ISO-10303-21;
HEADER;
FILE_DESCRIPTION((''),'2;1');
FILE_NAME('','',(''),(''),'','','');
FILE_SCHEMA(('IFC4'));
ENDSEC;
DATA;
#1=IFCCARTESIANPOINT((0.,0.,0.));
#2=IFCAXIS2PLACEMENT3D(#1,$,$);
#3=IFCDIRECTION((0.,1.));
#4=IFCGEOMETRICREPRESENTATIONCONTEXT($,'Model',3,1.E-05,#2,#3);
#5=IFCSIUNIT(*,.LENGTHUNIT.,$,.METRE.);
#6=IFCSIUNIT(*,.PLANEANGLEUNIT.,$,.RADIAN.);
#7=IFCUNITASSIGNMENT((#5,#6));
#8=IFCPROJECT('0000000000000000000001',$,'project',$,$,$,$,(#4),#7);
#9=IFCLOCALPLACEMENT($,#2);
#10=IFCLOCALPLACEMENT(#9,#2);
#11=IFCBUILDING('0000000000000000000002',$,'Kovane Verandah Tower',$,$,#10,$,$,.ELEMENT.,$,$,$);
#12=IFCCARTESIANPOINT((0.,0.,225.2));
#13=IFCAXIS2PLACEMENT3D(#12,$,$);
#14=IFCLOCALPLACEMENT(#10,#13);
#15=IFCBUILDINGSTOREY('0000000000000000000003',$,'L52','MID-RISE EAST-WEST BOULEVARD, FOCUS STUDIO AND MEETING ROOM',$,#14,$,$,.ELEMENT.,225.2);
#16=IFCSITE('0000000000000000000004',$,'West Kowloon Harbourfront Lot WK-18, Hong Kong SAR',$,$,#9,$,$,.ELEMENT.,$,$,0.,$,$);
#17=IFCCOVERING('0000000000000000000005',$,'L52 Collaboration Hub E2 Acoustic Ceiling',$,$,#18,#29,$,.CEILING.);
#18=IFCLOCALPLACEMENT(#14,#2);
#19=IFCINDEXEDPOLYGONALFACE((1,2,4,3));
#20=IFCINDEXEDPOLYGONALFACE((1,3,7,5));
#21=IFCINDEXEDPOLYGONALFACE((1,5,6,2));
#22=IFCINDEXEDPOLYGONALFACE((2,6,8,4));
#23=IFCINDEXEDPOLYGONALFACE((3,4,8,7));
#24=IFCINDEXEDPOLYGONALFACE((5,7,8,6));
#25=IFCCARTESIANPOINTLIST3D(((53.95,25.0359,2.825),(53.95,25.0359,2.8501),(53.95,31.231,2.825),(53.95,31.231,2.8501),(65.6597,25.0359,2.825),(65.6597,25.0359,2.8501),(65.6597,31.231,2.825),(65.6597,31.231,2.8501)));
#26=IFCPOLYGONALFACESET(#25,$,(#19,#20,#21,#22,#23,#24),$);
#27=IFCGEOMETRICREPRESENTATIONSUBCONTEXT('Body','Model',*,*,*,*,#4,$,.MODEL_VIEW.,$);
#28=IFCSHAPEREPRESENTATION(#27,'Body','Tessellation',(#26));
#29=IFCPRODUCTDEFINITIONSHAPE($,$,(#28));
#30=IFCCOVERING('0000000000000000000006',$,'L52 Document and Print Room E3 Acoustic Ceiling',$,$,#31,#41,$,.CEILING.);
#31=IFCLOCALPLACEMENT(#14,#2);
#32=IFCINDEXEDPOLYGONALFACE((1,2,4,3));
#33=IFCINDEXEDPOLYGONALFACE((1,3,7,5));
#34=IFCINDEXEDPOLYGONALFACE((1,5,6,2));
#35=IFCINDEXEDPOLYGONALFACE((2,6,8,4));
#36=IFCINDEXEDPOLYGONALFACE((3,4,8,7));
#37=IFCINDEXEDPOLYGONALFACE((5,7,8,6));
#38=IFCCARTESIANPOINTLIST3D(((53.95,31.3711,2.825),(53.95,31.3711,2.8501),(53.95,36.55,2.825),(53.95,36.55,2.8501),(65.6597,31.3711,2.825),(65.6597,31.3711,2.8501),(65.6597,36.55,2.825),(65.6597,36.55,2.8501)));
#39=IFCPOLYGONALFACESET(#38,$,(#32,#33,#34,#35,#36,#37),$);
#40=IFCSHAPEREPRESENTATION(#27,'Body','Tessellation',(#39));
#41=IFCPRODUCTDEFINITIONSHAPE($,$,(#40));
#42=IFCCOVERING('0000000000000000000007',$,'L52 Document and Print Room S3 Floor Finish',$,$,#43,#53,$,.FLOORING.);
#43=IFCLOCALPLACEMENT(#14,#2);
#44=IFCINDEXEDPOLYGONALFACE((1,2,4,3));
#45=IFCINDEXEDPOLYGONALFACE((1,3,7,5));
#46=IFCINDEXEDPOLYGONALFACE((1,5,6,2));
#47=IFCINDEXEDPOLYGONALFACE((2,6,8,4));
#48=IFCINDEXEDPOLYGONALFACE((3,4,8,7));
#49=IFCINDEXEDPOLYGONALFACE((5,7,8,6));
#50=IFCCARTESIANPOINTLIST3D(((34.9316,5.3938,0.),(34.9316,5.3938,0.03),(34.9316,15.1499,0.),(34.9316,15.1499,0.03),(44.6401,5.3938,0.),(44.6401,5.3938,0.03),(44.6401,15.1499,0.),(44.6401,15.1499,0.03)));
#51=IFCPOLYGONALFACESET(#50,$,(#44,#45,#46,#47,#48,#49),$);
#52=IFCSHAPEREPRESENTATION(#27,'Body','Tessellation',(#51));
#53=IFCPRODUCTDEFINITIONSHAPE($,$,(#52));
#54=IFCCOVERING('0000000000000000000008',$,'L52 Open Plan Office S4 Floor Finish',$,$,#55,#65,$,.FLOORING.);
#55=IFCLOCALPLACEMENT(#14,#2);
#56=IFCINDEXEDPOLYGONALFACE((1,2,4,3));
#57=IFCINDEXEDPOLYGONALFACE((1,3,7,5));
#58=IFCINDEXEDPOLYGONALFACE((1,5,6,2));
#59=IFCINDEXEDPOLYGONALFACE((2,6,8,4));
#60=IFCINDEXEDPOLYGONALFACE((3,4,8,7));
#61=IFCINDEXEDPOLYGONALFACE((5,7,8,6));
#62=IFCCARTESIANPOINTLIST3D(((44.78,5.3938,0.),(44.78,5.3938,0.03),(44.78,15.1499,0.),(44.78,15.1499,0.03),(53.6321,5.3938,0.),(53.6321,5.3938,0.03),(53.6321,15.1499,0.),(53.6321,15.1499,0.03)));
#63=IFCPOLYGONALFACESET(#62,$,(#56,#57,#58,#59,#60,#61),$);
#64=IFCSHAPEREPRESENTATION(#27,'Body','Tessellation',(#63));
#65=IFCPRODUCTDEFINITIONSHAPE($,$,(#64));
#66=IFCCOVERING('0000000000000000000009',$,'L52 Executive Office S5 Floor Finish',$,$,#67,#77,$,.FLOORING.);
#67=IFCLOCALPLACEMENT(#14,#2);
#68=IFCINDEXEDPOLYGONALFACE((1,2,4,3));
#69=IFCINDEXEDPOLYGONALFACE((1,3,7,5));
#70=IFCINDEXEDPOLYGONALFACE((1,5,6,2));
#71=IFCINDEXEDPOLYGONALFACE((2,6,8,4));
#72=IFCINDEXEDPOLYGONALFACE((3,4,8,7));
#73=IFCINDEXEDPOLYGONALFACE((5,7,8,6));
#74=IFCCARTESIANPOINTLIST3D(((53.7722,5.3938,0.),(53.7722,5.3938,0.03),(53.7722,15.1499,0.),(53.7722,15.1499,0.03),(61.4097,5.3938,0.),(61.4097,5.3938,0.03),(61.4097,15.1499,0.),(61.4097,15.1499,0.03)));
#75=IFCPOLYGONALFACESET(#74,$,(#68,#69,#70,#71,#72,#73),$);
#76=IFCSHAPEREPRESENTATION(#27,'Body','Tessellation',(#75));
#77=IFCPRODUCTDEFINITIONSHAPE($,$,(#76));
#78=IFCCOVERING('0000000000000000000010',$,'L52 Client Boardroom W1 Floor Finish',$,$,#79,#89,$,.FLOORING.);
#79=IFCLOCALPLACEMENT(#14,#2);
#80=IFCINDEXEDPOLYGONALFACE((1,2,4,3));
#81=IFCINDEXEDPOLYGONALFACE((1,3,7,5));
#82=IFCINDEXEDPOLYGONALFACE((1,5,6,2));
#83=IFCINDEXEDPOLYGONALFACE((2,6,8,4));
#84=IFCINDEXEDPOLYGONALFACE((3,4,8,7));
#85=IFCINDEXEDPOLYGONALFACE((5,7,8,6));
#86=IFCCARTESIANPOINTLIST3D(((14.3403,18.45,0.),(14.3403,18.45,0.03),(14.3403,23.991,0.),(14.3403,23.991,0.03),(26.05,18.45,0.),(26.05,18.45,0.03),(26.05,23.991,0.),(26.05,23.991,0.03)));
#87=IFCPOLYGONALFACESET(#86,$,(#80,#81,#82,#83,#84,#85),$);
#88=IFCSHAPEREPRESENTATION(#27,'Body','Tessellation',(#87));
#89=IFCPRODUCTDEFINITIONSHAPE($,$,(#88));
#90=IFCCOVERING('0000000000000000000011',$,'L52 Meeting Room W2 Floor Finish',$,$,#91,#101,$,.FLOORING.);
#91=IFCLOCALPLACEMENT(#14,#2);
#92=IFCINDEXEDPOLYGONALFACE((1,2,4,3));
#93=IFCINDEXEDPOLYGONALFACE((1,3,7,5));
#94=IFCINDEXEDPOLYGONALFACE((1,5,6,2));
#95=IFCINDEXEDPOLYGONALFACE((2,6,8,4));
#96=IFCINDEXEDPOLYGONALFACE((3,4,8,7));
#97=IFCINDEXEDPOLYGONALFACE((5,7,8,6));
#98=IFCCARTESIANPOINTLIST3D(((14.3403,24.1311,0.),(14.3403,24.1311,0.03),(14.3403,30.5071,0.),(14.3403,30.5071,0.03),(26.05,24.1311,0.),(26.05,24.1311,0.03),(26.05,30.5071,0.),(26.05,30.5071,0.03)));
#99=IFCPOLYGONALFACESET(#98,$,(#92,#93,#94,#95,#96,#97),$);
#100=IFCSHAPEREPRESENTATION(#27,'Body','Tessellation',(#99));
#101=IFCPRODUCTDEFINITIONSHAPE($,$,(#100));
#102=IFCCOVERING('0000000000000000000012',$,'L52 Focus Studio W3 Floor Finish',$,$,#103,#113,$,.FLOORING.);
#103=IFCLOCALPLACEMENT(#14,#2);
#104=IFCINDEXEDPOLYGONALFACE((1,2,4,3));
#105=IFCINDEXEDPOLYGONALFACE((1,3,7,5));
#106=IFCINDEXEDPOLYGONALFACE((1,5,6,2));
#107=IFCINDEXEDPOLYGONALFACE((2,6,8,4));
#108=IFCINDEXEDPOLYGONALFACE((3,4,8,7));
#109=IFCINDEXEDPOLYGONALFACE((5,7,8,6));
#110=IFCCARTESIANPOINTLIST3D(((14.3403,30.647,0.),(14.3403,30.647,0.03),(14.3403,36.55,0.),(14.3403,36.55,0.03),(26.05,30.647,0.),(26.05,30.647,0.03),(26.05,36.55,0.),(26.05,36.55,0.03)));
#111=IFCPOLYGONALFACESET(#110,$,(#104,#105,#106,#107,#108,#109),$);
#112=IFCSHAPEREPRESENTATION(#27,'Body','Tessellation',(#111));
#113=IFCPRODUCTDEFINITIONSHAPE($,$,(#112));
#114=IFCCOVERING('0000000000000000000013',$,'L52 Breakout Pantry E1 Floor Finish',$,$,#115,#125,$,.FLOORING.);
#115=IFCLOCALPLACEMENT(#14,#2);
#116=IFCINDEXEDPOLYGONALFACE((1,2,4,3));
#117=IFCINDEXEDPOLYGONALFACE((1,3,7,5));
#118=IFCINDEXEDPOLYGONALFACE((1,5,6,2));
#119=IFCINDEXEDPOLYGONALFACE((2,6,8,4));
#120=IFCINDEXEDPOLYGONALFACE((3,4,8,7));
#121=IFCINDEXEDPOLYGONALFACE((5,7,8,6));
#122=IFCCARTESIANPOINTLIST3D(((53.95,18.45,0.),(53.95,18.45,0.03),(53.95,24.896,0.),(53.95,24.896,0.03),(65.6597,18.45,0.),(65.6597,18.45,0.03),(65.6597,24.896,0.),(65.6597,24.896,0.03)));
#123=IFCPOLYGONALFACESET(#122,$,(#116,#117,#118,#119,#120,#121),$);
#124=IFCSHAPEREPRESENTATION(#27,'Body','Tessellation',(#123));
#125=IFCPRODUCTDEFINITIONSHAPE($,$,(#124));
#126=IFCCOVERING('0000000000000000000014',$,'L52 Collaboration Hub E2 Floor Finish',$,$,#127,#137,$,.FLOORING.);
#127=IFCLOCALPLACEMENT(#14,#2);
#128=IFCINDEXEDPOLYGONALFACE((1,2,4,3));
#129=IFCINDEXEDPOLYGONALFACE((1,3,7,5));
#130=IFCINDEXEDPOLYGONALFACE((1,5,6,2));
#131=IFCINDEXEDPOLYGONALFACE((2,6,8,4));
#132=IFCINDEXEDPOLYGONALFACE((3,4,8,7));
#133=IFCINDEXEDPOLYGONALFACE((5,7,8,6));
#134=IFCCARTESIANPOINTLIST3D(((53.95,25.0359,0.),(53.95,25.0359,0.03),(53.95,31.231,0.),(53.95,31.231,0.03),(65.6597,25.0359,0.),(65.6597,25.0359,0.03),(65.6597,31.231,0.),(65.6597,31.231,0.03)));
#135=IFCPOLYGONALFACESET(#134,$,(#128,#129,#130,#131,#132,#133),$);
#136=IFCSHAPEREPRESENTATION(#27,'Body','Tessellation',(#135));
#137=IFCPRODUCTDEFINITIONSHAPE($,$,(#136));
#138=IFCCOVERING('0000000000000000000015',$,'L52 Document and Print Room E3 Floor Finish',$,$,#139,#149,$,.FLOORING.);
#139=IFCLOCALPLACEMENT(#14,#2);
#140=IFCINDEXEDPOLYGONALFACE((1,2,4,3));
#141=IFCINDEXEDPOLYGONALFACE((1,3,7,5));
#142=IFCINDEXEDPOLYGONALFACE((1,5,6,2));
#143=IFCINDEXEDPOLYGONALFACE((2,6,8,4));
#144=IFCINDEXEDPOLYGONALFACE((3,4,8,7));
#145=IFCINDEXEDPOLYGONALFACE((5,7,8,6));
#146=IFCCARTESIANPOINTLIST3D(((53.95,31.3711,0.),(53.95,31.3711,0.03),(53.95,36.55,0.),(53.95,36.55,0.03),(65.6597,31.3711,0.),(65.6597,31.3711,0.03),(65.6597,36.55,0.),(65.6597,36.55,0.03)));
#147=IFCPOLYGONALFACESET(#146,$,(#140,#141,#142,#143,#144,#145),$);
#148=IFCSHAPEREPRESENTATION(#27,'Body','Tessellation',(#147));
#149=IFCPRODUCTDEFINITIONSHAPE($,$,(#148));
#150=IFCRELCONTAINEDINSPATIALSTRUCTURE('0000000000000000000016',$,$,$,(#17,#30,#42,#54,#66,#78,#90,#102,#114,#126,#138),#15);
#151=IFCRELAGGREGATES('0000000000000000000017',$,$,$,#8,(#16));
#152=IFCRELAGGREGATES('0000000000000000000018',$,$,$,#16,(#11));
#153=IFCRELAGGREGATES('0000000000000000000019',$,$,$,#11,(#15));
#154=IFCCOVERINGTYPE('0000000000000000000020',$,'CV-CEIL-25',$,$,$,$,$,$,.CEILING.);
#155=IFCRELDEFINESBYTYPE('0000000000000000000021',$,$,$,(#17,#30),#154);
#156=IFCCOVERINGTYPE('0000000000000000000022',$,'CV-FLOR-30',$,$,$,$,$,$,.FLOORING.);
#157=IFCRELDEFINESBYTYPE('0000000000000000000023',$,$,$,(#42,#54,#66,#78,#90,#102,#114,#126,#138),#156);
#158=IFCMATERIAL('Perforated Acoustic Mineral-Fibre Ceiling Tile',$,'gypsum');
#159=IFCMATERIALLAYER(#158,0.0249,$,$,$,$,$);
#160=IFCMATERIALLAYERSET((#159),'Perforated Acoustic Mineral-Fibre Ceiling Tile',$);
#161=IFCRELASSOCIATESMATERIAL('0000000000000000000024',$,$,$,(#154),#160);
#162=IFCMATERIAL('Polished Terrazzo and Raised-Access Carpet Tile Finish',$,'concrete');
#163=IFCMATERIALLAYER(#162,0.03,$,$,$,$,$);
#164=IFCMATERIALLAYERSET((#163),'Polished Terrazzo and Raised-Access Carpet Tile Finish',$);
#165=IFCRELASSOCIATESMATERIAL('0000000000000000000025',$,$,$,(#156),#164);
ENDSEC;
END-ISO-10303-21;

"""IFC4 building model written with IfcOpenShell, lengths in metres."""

from ifc_helpers import new_model, si_unit, direction, frame, origin, place, context, subcontext, project, spatial, polyline, outline, extrude, material, layer, layer_set, type_object, element, save


model = new_model("IFC4")

# Units and contexts
model_context = context("Model", 3, precision=1e-05, world=origin(), true_north=direction((0.0, 1.0)))
body_context = subcontext(model_context, "Body", "Model", "MODEL_VIEW")
ifc_project = project(units=[si_unit("LENGTHUNIT", "METRE"), si_unit("PLANEANGLEUNIT", "RADIAN")], contexts=[model_context])

# Site, building, storey
site_placement = place(None, origin())
site = spatial("IfcSite", under=ifc_project, at=site_placement, Name="West Kowloon Harbourfront Lot WK-18, Hong Kong SAR", CompositionType="ELEMENT", RefElevation=0.0)
building_placement = place(site_placement, origin())
building = spatial("IfcBuilding", under=site, at=building_placement, Name="Kovane Verandah Tower", CompositionType="ELEMENT")
storey_placement = place(building_placement, frame((0.0, 0.0, 225.2)))
storey = spatial("IfcBuildingStorey", under=building, at=storey_placement, Name="L52", Description="MID-RISE EAST-WEST BOULEVARD, FOCUS STUDIO AND MEETING ROOM", CompositionType="ELEMENT", Elevation=225.2)

# Coverings
ifc_material_1 = material(Name="Perforated Acoustic Mineral-Fibre Ceiling Tile", Category="gypsum")
ifc_layer_1 = layer(ifc_material_1, 0.0249)
ifc_layer_set_1 = layer_set([ifc_layer_1], Name="Perforated Acoustic Mineral-Fibre Ceiling Tile")
covering_type_1 = type_object("IfcCoveringType", Name="CV-CEIL-25", PredefinedType="CEILING", material=ifc_layer_set_1)
covering_1_placement = place(storey_placement, frame((0.0, 0.0, 2.825)))
element("IfcCovering", 1, at=covering_1_placement, inside=storey, type_object=covering_type_1, Name="L52 Collaboration Hub E2 Acoustic Ceiling", PredefinedType="CEILING", context=body_context, shape_type="SweptSolid", body=[
    extrude(outline(polyline([(53.95, 25.0359), (65.6597, 25.0359), (65.6597, 31.231), (53.95, 31.231), (53.95, 25.0359)])), origin(), (0.0, 0.0, 1.0), 0.0251),
])
covering_2_placement = place(storey_placement, frame((0.0, 0.0, 2.825)))
element("IfcCovering", 2, at=covering_2_placement, inside=storey, type_object=covering_type_1, Name="L52 Document and Print Room E3 Acoustic Ceiling", PredefinedType="CEILING", context=body_context, shape_type="SweptSolid", body=[
    extrude(outline(polyline([(53.95, 31.3711), (65.6597, 31.3711), (65.6597, 36.55), (53.95, 36.55), (53.95, 31.3711)])), origin(), (0.0, 0.0, 1.0), 0.0251),
])
ifc_material_2 = material(Name="Polished Terrazzo and Raised-Access Carpet Tile Finish", Category="concrete")
ifc_layer_2 = layer(ifc_material_2, 0.03)
ifc_layer_set_2 = layer_set([ifc_layer_2], Name="Polished Terrazzo and Raised-Access Carpet Tile Finish")
covering_type_2 = type_object("IfcCoveringType", Name="CV-FLOR-30", PredefinedType="FLOORING", material=ifc_layer_set_2)
covering_3_placement = place(storey_placement, origin())
element("IfcCovering", 3, at=covering_3_placement, inside=storey, type_object=covering_type_2, Name="L52 Document and Print Room S3 Floor Finish", PredefinedType="FLOORING", context=body_context, shape_type="SweptSolid", body=[
    extrude(outline(polyline([(34.9316, 5.3938), (44.6401, 5.3938), (44.6401, 15.1499), (34.9316, 15.1499), (34.9316, 5.3938)])), origin(), (0.0, 0.0, 1.0), 0.03),
])
covering_4_placement = place(storey_placement, origin())
element("IfcCovering", 4, at=covering_4_placement, inside=storey, type_object=covering_type_2, Name="L52 Open Plan Office S4 Floor Finish", PredefinedType="FLOORING", context=body_context, shape_type="SweptSolid", body=[
    extrude(outline(polyline([(44.78, 5.3938), (53.6321, 5.3938), (53.6321, 15.1499), (44.78, 15.1499), (44.78, 5.3938)])), origin(), (0.0, 0.0, 1.0), 0.03),
])
covering_5_placement = place(storey_placement, origin())
element("IfcCovering", 5, at=covering_5_placement, inside=storey, type_object=covering_type_2, Name="L52 Executive Office S5 Floor Finish", PredefinedType="FLOORING", context=body_context, shape_type="SweptSolid", body=[
    extrude(outline(polyline([(53.7722, 5.3938), (61.4097, 5.3938), (61.4097, 15.1499), (53.7722, 15.1499), (53.7722, 5.3938)])), origin(), (0.0, 0.0, 1.0), 0.03),
])
covering_6_placement = place(storey_placement, origin())
element("IfcCovering", 6, at=covering_6_placement, inside=storey, type_object=covering_type_2, Name="L52 Client Boardroom W1 Floor Finish", PredefinedType="FLOORING", context=body_context, shape_type="SweptSolid", body=[
    extrude(outline(polyline([(14.3403, 18.45), (26.05, 18.45), (26.05, 23.991), (14.3403, 23.991), (14.3403, 18.45)])), origin(), (0.0, 0.0, 1.0), 0.03),
])
covering_7_placement = place(storey_placement, origin())
element("IfcCovering", 7, at=covering_7_placement, inside=storey, type_object=covering_type_2, Name="L52 Meeting Room W2 Floor Finish", PredefinedType="FLOORING", context=body_context, shape_type="SweptSolid", body=[
    extrude(outline(polyline([(14.3403, 24.1311), (26.05, 24.1311), (26.05, 30.5071), (14.3403, 30.5071), (14.3403, 24.1311)])), origin(), (0.0, 0.0, 1.0), 0.03),
])
covering_8_placement = place(storey_placement, origin())
element("IfcCovering", 8, at=covering_8_placement, inside=storey, type_object=covering_type_2, Name="L52 Focus Studio W3 Floor Finish", PredefinedType="FLOORING", context=body_context, shape_type="SweptSolid", body=[
    extrude(outline(polyline([(14.3403, 30.647), (26.05, 30.647), (26.05, 36.55), (14.3403, 36.55), (14.3403, 30.647)])), origin(), (0.0, 0.0, 1.0), 0.03),
])
covering_9_placement = place(storey_placement, origin())
element("IfcCovering", 9, at=covering_9_placement, inside=storey, type_object=covering_type_2, Name="L52 Breakout Pantry E1 Floor Finish", PredefinedType="FLOORING", context=body_context, shape_type="SweptSolid", body=[
    extrude(outline(polyline([(53.95, 18.45), (65.6597, 18.45), (65.6597, 24.896), (53.95, 24.896), (53.95, 18.45)])), origin(), (0.0, 0.0, 1.0), 0.03),
])
covering_10_placement = place(storey_placement, origin())
element("IfcCovering", 10, at=covering_10_placement, inside=storey, type_object=covering_type_2, Name="L52 Collaboration Hub E2 Floor Finish", PredefinedType="FLOORING", context=body_context, shape_type="SweptSolid", body=[
    extrude(outline(polyline([(53.95, 25.0359), (65.6597, 25.0359), (65.6597, 31.231), (53.95, 31.231), (53.95, 25.0359)])), origin(), (0.0, 0.0, 1.0), 0.03),
])
covering_11_placement = place(storey_placement, origin())
element("IfcCovering", 11, at=covering_11_placement, inside=storey, type_object=covering_type_2, Name="L52 Document and Print Room E3 Floor Finish", PredefinedType="FLOORING", context=body_context, shape_type="SweptSolid", body=[
    extrude(outline(polyline([(53.95, 31.3711), (65.6597, 31.3711), (65.6597, 36.55), (53.95, 36.55), (53.95, 31.3711)])), origin(), (0.0, 0.0, 1.0), 0.03),
])

save(model, "model.ifc")
